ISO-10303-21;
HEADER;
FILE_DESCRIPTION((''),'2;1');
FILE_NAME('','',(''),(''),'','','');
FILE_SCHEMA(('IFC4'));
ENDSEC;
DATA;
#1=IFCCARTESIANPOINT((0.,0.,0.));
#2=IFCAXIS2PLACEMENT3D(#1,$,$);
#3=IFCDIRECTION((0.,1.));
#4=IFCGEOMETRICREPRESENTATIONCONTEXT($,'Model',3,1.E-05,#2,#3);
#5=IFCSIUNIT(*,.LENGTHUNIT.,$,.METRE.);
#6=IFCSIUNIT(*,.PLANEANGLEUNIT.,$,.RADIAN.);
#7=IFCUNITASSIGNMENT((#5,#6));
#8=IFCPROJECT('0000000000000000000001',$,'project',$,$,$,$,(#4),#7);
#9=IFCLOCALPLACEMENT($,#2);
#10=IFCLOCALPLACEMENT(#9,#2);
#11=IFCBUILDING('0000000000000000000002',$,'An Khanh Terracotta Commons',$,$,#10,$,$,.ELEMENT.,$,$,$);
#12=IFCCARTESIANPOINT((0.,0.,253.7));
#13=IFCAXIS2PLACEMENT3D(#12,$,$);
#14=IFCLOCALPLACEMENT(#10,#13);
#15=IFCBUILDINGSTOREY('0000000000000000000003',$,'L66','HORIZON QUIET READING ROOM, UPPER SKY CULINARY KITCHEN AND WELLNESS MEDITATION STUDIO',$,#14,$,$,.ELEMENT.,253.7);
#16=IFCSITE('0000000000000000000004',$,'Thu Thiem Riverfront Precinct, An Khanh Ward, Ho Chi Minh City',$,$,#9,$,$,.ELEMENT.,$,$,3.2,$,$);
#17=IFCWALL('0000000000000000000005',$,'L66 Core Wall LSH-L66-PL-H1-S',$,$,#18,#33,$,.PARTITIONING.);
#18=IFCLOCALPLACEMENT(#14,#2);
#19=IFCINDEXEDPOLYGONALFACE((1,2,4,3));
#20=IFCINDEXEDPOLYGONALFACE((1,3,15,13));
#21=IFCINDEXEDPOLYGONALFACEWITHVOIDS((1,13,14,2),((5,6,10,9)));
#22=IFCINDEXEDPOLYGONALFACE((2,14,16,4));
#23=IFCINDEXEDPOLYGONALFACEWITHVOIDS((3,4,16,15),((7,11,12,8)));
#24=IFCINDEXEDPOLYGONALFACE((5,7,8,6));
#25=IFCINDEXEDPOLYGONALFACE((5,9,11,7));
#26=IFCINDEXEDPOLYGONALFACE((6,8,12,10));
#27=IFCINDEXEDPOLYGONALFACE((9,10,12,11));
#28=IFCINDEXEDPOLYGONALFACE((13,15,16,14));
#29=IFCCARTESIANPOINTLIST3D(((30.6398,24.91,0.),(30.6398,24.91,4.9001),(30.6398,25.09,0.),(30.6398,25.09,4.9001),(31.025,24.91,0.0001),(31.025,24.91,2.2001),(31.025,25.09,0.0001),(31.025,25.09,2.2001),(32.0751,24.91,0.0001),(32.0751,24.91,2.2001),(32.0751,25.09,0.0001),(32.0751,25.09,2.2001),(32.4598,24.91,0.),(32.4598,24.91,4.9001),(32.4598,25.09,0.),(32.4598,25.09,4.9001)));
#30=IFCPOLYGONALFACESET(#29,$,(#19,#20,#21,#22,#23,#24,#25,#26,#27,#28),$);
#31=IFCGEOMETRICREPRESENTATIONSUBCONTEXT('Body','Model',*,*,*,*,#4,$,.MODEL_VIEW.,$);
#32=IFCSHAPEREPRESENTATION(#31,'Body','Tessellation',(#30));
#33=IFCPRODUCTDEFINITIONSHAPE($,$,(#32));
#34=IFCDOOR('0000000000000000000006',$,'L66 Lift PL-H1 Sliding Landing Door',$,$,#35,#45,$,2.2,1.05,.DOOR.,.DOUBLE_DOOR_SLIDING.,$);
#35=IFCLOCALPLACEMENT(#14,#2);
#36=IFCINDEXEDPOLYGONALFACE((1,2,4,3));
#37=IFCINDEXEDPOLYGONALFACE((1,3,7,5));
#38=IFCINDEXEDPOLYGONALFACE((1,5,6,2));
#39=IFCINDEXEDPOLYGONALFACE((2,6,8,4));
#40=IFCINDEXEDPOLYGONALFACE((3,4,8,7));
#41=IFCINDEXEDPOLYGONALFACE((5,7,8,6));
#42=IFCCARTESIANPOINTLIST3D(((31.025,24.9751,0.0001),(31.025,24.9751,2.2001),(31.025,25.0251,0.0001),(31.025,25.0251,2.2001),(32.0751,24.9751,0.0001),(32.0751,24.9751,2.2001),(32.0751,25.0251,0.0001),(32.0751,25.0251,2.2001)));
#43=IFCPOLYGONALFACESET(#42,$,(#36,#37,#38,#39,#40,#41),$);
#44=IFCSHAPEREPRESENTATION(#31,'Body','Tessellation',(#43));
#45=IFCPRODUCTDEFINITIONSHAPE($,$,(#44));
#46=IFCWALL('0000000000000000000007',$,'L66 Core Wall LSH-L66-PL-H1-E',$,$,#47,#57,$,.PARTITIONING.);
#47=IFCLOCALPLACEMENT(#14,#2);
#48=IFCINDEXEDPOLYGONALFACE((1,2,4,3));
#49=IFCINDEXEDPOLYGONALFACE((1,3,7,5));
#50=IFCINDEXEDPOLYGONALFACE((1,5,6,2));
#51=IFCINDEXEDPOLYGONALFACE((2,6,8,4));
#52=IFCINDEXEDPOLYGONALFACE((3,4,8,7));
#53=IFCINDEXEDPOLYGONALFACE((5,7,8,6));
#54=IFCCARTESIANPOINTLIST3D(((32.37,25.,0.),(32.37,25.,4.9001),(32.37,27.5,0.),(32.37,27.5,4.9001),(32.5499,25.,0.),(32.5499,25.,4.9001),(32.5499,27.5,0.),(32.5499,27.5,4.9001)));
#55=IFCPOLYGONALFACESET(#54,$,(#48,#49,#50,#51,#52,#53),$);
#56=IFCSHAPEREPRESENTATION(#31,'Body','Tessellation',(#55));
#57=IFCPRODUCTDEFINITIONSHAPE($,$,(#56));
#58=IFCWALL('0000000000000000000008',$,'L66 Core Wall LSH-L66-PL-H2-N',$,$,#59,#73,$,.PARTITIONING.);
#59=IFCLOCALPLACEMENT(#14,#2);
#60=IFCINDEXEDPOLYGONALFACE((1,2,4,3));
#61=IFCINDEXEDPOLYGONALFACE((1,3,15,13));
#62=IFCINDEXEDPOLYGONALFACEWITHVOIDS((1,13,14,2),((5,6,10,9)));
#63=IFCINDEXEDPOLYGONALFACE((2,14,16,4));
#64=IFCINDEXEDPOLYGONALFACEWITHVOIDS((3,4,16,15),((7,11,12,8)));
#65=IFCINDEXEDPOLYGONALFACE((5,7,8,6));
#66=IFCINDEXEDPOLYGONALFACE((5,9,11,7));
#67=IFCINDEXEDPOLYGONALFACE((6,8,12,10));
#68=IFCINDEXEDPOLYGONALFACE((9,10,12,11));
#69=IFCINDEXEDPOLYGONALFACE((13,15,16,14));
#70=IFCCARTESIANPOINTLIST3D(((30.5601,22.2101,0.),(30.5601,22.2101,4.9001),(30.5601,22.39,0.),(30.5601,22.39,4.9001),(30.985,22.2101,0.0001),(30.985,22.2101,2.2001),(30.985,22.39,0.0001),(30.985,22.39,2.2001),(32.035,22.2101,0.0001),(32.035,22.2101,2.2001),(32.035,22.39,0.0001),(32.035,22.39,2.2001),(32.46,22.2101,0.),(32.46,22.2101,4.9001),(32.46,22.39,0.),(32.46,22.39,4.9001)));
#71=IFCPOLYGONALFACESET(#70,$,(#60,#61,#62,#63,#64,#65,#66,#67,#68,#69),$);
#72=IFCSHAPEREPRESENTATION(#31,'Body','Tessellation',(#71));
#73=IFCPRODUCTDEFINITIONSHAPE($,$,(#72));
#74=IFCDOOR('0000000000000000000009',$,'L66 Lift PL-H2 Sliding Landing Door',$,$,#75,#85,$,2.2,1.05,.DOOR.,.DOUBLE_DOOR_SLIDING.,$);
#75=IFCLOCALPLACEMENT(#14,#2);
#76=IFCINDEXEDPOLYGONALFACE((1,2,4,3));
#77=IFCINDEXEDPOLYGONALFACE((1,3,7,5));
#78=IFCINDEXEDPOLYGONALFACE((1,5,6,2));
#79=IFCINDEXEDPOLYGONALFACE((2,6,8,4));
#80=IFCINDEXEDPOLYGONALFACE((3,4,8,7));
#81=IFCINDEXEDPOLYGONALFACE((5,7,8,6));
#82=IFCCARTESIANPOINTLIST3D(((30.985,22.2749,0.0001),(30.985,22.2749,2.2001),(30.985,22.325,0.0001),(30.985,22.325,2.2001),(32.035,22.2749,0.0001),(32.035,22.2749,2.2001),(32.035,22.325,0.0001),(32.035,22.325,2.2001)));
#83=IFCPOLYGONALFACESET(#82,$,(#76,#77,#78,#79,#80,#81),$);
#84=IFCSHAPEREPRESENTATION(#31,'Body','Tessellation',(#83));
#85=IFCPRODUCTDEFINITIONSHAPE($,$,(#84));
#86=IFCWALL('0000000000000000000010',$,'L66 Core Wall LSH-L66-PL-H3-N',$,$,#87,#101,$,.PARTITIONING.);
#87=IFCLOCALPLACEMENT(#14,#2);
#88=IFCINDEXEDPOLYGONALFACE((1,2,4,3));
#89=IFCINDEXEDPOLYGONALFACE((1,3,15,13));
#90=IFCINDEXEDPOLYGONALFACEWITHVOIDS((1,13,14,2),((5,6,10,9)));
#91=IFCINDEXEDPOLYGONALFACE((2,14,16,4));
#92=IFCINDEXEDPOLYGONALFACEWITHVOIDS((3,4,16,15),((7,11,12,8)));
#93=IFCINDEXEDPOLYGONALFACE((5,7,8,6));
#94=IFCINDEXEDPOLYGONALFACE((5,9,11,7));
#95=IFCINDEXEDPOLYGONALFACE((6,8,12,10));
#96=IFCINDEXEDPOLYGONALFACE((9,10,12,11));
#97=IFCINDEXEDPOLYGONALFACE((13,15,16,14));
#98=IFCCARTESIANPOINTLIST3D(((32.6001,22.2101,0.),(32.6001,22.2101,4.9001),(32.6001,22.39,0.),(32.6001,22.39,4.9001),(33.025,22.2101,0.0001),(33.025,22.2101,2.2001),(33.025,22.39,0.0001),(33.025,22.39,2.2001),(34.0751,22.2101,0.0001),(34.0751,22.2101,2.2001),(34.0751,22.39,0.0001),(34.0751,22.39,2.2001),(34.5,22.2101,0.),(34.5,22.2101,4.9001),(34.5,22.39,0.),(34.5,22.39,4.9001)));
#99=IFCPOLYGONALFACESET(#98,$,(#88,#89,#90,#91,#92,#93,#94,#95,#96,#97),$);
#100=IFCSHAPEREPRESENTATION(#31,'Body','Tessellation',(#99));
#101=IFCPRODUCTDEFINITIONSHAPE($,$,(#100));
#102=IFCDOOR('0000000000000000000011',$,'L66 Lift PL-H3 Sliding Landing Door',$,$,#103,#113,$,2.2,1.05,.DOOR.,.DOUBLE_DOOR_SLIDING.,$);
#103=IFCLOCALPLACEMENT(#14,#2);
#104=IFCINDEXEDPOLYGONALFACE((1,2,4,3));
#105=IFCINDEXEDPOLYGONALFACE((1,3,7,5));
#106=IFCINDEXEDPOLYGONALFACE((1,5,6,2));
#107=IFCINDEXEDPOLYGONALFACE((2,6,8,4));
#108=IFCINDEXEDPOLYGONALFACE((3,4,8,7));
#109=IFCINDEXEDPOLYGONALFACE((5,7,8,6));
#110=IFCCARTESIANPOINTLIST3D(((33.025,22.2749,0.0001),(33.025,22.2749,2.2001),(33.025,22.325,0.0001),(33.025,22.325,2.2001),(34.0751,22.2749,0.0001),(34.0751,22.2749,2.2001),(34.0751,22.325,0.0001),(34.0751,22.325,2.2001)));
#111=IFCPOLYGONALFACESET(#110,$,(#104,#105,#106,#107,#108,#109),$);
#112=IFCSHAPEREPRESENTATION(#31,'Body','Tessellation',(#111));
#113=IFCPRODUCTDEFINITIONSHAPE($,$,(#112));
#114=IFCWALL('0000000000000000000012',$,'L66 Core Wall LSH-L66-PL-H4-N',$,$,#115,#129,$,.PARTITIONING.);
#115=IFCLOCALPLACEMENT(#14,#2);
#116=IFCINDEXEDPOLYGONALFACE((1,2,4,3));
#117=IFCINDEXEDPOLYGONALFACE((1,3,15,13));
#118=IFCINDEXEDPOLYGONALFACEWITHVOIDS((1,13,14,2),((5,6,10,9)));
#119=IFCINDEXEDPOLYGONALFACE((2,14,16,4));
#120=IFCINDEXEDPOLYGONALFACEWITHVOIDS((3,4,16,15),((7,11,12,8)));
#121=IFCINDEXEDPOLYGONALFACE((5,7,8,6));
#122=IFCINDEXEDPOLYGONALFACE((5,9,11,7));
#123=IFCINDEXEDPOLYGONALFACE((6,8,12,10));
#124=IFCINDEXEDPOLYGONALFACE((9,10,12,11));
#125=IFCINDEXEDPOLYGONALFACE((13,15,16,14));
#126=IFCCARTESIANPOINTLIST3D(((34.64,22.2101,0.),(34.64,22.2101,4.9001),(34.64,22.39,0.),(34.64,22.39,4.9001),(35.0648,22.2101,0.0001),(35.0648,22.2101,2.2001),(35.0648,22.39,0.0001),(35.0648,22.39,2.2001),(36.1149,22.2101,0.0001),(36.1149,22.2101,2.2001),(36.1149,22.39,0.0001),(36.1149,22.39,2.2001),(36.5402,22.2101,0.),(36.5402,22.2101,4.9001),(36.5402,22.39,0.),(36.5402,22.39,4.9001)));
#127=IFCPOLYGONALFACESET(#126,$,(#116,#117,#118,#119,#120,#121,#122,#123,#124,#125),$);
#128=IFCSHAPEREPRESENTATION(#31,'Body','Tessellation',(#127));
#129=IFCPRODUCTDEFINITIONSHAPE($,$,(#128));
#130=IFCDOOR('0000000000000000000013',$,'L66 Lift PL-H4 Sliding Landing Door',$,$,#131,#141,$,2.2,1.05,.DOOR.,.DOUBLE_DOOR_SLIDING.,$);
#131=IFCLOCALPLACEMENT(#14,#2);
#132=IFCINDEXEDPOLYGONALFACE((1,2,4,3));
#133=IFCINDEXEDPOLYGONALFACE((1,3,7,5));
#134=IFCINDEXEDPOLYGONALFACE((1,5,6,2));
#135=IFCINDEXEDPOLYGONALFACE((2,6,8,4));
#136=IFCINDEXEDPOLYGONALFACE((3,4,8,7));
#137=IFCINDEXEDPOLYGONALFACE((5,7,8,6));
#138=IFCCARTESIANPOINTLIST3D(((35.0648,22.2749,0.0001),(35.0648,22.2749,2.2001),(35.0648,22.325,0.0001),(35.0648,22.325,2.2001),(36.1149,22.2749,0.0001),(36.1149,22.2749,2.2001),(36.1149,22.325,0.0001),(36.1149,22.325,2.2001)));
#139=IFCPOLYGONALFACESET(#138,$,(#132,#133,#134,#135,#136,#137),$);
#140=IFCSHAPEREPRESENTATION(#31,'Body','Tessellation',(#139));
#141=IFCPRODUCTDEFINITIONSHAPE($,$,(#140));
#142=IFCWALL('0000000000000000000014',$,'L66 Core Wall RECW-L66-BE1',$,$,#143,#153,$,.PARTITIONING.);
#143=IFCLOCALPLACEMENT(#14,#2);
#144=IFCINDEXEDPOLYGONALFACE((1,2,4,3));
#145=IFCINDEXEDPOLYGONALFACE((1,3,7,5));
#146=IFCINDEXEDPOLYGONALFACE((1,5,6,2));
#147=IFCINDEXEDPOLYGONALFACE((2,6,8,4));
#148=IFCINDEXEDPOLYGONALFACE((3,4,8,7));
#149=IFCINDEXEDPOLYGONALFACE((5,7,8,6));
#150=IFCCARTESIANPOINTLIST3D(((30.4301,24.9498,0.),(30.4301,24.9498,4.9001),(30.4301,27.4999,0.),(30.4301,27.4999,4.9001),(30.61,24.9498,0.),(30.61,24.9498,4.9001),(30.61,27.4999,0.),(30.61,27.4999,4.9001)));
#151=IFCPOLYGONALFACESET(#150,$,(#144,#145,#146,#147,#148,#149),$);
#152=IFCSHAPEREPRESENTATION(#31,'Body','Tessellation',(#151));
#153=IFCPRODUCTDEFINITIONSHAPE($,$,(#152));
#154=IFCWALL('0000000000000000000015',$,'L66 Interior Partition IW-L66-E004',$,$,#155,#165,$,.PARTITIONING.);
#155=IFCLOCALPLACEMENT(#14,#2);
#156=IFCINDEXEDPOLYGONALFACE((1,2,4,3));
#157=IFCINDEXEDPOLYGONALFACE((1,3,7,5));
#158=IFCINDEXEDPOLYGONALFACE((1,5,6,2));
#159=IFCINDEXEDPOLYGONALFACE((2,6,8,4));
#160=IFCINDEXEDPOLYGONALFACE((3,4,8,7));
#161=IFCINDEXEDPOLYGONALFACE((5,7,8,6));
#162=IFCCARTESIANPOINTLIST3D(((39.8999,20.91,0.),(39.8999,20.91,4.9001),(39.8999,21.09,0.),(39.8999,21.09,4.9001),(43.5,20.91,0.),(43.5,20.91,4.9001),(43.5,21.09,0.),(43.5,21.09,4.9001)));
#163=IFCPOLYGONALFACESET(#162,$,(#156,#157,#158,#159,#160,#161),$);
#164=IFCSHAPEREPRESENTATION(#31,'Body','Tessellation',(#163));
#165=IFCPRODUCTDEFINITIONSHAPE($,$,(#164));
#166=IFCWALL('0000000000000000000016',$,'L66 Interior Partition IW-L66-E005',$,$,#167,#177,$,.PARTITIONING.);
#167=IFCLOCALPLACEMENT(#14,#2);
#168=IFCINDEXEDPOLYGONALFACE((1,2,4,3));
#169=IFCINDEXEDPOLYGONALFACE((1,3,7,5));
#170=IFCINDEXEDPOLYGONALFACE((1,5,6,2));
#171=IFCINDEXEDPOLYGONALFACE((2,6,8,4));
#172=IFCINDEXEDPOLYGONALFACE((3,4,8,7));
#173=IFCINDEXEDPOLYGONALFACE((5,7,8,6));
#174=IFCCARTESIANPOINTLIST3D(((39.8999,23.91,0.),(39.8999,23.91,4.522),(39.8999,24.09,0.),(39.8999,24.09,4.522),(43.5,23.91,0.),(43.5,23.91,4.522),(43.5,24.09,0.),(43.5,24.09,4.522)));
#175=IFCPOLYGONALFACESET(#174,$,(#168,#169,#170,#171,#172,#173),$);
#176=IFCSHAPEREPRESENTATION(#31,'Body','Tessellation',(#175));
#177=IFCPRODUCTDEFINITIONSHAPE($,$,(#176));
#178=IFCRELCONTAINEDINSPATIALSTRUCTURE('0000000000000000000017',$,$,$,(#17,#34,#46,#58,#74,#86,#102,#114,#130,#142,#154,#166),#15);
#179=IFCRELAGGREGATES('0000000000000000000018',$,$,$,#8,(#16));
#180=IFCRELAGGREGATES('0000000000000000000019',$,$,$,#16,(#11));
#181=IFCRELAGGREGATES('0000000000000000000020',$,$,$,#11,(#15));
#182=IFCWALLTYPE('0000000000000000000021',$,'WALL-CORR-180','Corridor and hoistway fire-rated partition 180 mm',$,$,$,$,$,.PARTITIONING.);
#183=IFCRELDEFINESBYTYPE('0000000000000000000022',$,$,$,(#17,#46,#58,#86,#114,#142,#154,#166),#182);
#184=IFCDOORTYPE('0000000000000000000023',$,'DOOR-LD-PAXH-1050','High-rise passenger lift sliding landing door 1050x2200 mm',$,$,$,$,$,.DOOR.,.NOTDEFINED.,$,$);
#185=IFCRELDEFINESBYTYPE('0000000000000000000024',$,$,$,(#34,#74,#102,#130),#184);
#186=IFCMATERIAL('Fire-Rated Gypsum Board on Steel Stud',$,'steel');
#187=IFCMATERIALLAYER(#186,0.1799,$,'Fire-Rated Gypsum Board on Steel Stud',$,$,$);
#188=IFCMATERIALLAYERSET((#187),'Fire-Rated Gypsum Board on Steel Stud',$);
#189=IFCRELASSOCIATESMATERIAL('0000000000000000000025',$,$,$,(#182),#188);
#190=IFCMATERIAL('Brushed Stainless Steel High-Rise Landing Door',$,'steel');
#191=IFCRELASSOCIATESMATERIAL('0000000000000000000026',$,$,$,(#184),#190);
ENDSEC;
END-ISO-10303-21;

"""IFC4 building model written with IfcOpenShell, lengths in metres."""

from ifc_helpers import new_model, si_unit, direction, frame, frame_2d, origin, place, context, subcontext, project, spatial, rectangle, extrude, material, layer, layer_set, type_object, element, fill, save


model = new_model("IFC4")

# Units and contexts
model_context = context("Model", 3, precision=1e-05, world=origin(), true_north=direction((0.0, 1.0)))
body_context = subcontext(model_context, "Body", "Model", "MODEL_VIEW")
ifc_project = project(units=[si_unit("LENGTHUNIT", "METRE"), si_unit("PLANEANGLEUNIT", "RADIAN")], contexts=[model_context])

# Site, building, storey
site_placement = place(None, origin())
site = spatial("IfcSite", under=ifc_project, at=site_placement, Name="Thu Thiem Riverfront Precinct, An Khanh Ward, Ho Chi Minh City", CompositionType="ELEMENT", RefElevation=3.2)
building_placement = place(site_placement, origin())
building = spatial("IfcBuilding", under=site, at=building_placement, Name="An Khanh Terracotta Commons", CompositionType="ELEMENT")
storey_placement = place(building_placement, frame((0.0, 0.0, 253.7)))
storey = spatial("IfcBuildingStorey", under=building, at=storey_placement, Name="L66", Description="HORIZON QUIET READING ROOM, UPPER SKY CULINARY KITCHEN AND WELLNESS MEDITATION STUDIO", CompositionType="ELEMENT", Elevation=253.7)

# Shared definitions
ifc_material_1 = material(Name="Fire-Rated Gypsum Board on Steel Stud", Category="steel")
ifc_layer = layer(ifc_material_1, 0.1799, Name="Fire-Rated Gypsum Board on Steel Stud")
ifc_layer_set = layer_set([ifc_layer], Name="Fire-Rated Gypsum Board on Steel Stud")
wall_type = type_object("IfcWallType", Name="WALL-CORR-180", Description="Corridor and hoistway fire-rated partition 180 mm", PredefinedType="PARTITIONING", material=ifc_layer_set)

# Wall, opening, door
wall_1_placement = place(storey_placement, frame((32.46, 25.0, 0.0), z_axis=(0.0, 0.0, 1.0), x_axis=(-1.0, 0.0, 0.0)))
wall_1 = element("IfcWall", 1, at=wall_1_placement, inside=storey, type_object=wall_type, Name="L66 Core Wall LSH-L66-PL-H1-S", PredefinedType="PARTITIONING", context=body_context, shape_type="SweptSolid", body=[
    extrude(rectangle(XDim=1.8201, YDim=0.1799, at=frame_2d((0.9102, 0.0))), origin(), (0.0, 0.0, 1.0), 4.9001),
])
opening_1_placement = place(wall_1_placement, frame((0.385, 0.0, 0.0)))
opening_1 = element("IfcOpeningElement", 2, at=opening_1_placement, cuts=wall_1, PredefinedType="OPENING", context=body_context, shape_type="SweptSolid", body=[
    extrude(rectangle(XDim=1.05, YDim=2.2, at=frame_2d((0.5249, 1.1001))), frame((0.0, 0.0999, 0.0), z_axis=(0.0, -1.0, 0.0), x_axis=(1.0, 0.0, 0.0)), (0.0, 0.0, 1.0), 0.2),
])
ifc_material_2 = material(Name="Brushed Stainless Steel High-Rise Landing Door", Category="steel")
door_type_1 = type_object("IfcDoorType", Name="DOOR-LD-PAXH-1050", Description="High-rise passenger lift sliding landing door 1050x2200 mm", OperationType="NOTDEFINED", PredefinedType="DOOR", material=ifc_material_2)
door_1_placement = place(opening_1_placement, origin())
door_1 = element("IfcDoor", 3, at=door_1_placement, inside=storey, type_object=door_type_1, Name="L66 Lift PL-H1 Sliding Landing Door", OperationType="DOUBLE_DOOR_SLIDING", OverallHeight=2.2, OverallWidth=1.05, PredefinedType="DOOR", context=body_context, shape_type="SweptSolid", body=[
    extrude(rectangle(XDim=1.05, YDim=2.2, at=frame_2d((0.5249, 1.1001))), frame((0.0, 0.0249, 0.0), z_axis=(0.0, -1.0, 0.0), x_axis=(1.0, 0.0, 0.0)), (0.0, 0.0, 1.0), 0.05),
])
fill(opening_1, door_1)

# Wall
wall_2_placement = place(storey_placement, frame((32.46, 25.0, 0.0), z_axis=(0.0, 0.0, 1.0), x_axis=(0.0, 1.0, 0.0)))
element("IfcWall", 4, at=wall_2_placement, inside=storey, type_object=wall_type, Name="L66 Core Wall LSH-L66-PL-H1-E", PredefinedType="PARTITIONING", context=body_context, shape_type="SweptSolid", body=[
    extrude(rectangle(XDim=2.5, YDim=0.1799, at=frame_2d((1.25, 0.0))), origin(), (0.0, 0.0, 1.0), 4.9001),
])

# Walls, openings, doors
wall_3_placement = place(storey_placement, frame((30.5601, 22.3, 0.0), z_axis=(0.0, 0.0, 1.0), x_axis=(1.0, 0.0, 0.0)))
wall_3 = element("IfcWall", 5, at=wall_3_placement, inside=storey, type_object=wall_type, Name="L66 Core Wall LSH-L66-PL-H2-N", PredefinedType="PARTITIONING", context=body_context, shape_type="SweptSolid", body=[
    extrude(rectangle(XDim=1.8999, YDim=0.1799, at=frame_2d((0.95, 0.0))), origin(), (0.0, 0.0, 1.0), 4.9001),
])
opening_2_placement = place(wall_3_placement, frame((0.425, 0.0, 0.0)))
opening_2 = element("IfcOpeningElement", 6, at=opening_2_placement, cuts=wall_3, PredefinedType="OPENING", context=body_context, shape_type="SweptSolid", body=[
    extrude(rectangle(XDim=1.05, YDim=2.2, at=frame_2d((0.5249, 1.1001))), frame((0.0, 0.0999, 0.0), z_axis=(0.0, -1.0, 0.0), x_axis=(1.0, 0.0, 0.0)), (0.0, 0.0, 1.0), 0.2),
])
door_2_placement = place(opening_2_placement, origin())
door_2 = element("IfcDoor", 7, at=door_2_placement, inside=storey, type_object=door_type_1, Name="L66 Lift PL-H2 Sliding Landing Door", OperationType="DOUBLE_DOOR_SLIDING", OverallHeight=2.2, OverallWidth=1.05, PredefinedType="DOOR", context=body_context, shape_type="SweptSolid", body=[
    extrude(rectangle(XDim=1.05, YDim=2.2, at=frame_2d((0.5249, 1.1001))), frame((0.0, 0.0249, 0.0), z_axis=(0.0, -1.0, 0.0), x_axis=(1.0, 0.0, 0.0)), (0.0, 0.0, 1.0), 0.05),
])
fill(opening_2, door_2)
wall_4_placement = place(storey_placement, frame((32.6001, 22.3, 0.0), z_axis=(0.0, 0.0, 1.0), x_axis=(1.0, 0.0, 0.0)))
wall_4 = element("IfcWall", 8, at=wall_4_placement, inside=storey, type_object=wall_type, Name="L66 Core Wall LSH-L66-PL-H3-N", PredefinedType="PARTITIONING", context=body_context, shape_type="SweptSolid", body=[
    extrude(rectangle(XDim=1.8999, YDim=0.1799, at=frame_2d((0.95, 0.0))), origin(), (0.0, 0.0, 1.0), 4.9001),
])
opening_3_placement = place(wall_4_placement, frame((0.425, 0.0, 0.0)))
opening_3 = element("IfcOpeningElement", 9, at=opening_3_placement, cuts=wall_4, PredefinedType="OPENING", context=body_context, shape_type="SweptSolid", body=[
    extrude(rectangle(XDim=1.05, YDim=2.2, at=frame_2d((0.5249, 1.1001))), frame((0.0, 0.0999, 0.0), z_axis=(0.0, -1.0, 0.0), x_axis=(1.0, 0.0, 0.0)), (0.0, 0.0, 1.0), 0.2),
])
door_3_placement = place(opening_3_placement, origin())
door_3 = element("IfcDoor", 10, at=door_3_placement, inside=storey, type_object=door_type_1, Name="L66 Lift PL-H3 Sliding Landing Door", OperationType="DOUBLE_DOOR_SLIDING", OverallHeight=2.2, OverallWidth=1.05, PredefinedType="DOOR", context=body_context, shape_type="SweptSolid", body=[
    extrude(rectangle(XDim=1.05, YDim=2.2, at=frame_2d((0.5249, 1.1001))), frame((0.0, 0.0249, 0.0), z_axis=(0.0, -1.0, 0.0), x_axis=(1.0, 0.0, 0.0)), (0.0, 0.0, 1.0), 0.05),
])
fill(opening_3, door_3)
wall_5_placement = place(storey_placement, frame((34.6399, 22.3, 0.0), z_axis=(0.0, 0.0, 1.0), x_axis=(1.0, 0.0, 0.0)))
wall_5 = element("IfcWall", 11, at=wall_5_placement, inside=storey, type_object=wall_type, Name="L66 Core Wall LSH-L66-PL-H4-N", PredefinedType="PARTITIONING", context=body_context, shape_type="SweptSolid", body=[
    extrude(rectangle(XDim=1.9001, YDim=0.1799, at=frame_2d((0.9502, 0.0))), origin(), (0.0, 0.0, 1.0), 4.9001),
])
opening_4_placement = place(wall_5_placement, frame((0.425, 0.0, 0.0)))
opening_4 = element("IfcOpeningElement", 12, at=opening_4_placement, cuts=wall_5, PredefinedType="OPENING", context=body_context, shape_type="SweptSolid", body=[
    extrude(rectangle(XDim=1.05, YDim=2.2, at=frame_2d((0.5249, 1.1001))), frame((0.0, 0.0999, 0.0), z_axis=(0.0, -1.0, 0.0), x_axis=(1.0, 0.0, 0.0)), (0.0, 0.0, 1.0), 0.2),
])
door_4_placement = place(opening_4_placement, origin())
door_4 = element("IfcDoor", 13, at=door_4_placement, inside=storey, type_object=door_type_1, Name="L66 Lift PL-H4 Sliding Landing Door", OperationType="DOUBLE_DOOR_SLIDING", OverallHeight=2.2, OverallWidth=1.05, PredefinedType="DOOR", context=body_context, shape_type="SweptSolid", body=[
    extrude(rectangle(XDim=1.05, YDim=2.2, at=frame_2d((0.5249, 1.1001))), frame((0.0, 0.0249, 0.0), z_axis=(0.0, -1.0, 0.0), x_axis=(1.0, 0.0, 0.0)), (0.0, 0.0, 1.0), 0.05),
])
fill(opening_4, door_4)

# Walls
wall_6_placement = place(storey_placement, frame((30.52, 24.95, 0.0), z_axis=(0.0, 0.0, 1.0), x_axis=(0.0, 1.0, 0.0)))
element("IfcWall", 14, at=wall_6_placement, inside=storey, type_object=wall_type, Name="L66 Core Wall RECW-L66-BE1", PredefinedType="PARTITIONING", context=body_context, shape_type="SweptSolid", body=[
    extrude(rectangle(XDim=2.55, YDim=0.1799, at=frame_2d((1.2749, 0.0))), origin(), (0.0, 0.0, 1.0), 4.9001),
])
wall_7_placement = place(storey_placement, frame((39.8999, 21.0, 0.0), z_axis=(0.0, 0.0, 1.0), x_axis=(1.0, 0.0, 0.0)))
element("IfcWall", 15, at=wall_7_placement, inside=storey, type_object=wall_type, Name="L66 Interior Partition IW-L66-E004", PredefinedType="PARTITIONING", context=body_context, shape_type="SweptSolid", body=[
    extrude(rectangle(XDim=3.6001, YDim=0.1799, at=frame_2d((1.8, 0.0))), origin(), (0.0, 0.0, 1.0), 4.9001),
])
wall_8_placement = place(storey_placement, frame((39.8999, 24.0, 0.0), z_axis=(0.0, 0.0, 1.0), x_axis=(1.0, 0.0, 0.0)))
element("IfcWall", 16, at=wall_8_placement, inside=storey, type_object=wall_type, Name="L66 Interior Partition IW-L66-E005", PredefinedType="PARTITIONING", context=body_context, shape_type="SweptSolid", body=[
    extrude(rectangle(XDim=3.6001, YDim=0.1799, at=frame_2d((1.8, 0.0))), origin(), (0.0, 0.0, 1.0), 4.522),
])

save(model, "model.ifc")
